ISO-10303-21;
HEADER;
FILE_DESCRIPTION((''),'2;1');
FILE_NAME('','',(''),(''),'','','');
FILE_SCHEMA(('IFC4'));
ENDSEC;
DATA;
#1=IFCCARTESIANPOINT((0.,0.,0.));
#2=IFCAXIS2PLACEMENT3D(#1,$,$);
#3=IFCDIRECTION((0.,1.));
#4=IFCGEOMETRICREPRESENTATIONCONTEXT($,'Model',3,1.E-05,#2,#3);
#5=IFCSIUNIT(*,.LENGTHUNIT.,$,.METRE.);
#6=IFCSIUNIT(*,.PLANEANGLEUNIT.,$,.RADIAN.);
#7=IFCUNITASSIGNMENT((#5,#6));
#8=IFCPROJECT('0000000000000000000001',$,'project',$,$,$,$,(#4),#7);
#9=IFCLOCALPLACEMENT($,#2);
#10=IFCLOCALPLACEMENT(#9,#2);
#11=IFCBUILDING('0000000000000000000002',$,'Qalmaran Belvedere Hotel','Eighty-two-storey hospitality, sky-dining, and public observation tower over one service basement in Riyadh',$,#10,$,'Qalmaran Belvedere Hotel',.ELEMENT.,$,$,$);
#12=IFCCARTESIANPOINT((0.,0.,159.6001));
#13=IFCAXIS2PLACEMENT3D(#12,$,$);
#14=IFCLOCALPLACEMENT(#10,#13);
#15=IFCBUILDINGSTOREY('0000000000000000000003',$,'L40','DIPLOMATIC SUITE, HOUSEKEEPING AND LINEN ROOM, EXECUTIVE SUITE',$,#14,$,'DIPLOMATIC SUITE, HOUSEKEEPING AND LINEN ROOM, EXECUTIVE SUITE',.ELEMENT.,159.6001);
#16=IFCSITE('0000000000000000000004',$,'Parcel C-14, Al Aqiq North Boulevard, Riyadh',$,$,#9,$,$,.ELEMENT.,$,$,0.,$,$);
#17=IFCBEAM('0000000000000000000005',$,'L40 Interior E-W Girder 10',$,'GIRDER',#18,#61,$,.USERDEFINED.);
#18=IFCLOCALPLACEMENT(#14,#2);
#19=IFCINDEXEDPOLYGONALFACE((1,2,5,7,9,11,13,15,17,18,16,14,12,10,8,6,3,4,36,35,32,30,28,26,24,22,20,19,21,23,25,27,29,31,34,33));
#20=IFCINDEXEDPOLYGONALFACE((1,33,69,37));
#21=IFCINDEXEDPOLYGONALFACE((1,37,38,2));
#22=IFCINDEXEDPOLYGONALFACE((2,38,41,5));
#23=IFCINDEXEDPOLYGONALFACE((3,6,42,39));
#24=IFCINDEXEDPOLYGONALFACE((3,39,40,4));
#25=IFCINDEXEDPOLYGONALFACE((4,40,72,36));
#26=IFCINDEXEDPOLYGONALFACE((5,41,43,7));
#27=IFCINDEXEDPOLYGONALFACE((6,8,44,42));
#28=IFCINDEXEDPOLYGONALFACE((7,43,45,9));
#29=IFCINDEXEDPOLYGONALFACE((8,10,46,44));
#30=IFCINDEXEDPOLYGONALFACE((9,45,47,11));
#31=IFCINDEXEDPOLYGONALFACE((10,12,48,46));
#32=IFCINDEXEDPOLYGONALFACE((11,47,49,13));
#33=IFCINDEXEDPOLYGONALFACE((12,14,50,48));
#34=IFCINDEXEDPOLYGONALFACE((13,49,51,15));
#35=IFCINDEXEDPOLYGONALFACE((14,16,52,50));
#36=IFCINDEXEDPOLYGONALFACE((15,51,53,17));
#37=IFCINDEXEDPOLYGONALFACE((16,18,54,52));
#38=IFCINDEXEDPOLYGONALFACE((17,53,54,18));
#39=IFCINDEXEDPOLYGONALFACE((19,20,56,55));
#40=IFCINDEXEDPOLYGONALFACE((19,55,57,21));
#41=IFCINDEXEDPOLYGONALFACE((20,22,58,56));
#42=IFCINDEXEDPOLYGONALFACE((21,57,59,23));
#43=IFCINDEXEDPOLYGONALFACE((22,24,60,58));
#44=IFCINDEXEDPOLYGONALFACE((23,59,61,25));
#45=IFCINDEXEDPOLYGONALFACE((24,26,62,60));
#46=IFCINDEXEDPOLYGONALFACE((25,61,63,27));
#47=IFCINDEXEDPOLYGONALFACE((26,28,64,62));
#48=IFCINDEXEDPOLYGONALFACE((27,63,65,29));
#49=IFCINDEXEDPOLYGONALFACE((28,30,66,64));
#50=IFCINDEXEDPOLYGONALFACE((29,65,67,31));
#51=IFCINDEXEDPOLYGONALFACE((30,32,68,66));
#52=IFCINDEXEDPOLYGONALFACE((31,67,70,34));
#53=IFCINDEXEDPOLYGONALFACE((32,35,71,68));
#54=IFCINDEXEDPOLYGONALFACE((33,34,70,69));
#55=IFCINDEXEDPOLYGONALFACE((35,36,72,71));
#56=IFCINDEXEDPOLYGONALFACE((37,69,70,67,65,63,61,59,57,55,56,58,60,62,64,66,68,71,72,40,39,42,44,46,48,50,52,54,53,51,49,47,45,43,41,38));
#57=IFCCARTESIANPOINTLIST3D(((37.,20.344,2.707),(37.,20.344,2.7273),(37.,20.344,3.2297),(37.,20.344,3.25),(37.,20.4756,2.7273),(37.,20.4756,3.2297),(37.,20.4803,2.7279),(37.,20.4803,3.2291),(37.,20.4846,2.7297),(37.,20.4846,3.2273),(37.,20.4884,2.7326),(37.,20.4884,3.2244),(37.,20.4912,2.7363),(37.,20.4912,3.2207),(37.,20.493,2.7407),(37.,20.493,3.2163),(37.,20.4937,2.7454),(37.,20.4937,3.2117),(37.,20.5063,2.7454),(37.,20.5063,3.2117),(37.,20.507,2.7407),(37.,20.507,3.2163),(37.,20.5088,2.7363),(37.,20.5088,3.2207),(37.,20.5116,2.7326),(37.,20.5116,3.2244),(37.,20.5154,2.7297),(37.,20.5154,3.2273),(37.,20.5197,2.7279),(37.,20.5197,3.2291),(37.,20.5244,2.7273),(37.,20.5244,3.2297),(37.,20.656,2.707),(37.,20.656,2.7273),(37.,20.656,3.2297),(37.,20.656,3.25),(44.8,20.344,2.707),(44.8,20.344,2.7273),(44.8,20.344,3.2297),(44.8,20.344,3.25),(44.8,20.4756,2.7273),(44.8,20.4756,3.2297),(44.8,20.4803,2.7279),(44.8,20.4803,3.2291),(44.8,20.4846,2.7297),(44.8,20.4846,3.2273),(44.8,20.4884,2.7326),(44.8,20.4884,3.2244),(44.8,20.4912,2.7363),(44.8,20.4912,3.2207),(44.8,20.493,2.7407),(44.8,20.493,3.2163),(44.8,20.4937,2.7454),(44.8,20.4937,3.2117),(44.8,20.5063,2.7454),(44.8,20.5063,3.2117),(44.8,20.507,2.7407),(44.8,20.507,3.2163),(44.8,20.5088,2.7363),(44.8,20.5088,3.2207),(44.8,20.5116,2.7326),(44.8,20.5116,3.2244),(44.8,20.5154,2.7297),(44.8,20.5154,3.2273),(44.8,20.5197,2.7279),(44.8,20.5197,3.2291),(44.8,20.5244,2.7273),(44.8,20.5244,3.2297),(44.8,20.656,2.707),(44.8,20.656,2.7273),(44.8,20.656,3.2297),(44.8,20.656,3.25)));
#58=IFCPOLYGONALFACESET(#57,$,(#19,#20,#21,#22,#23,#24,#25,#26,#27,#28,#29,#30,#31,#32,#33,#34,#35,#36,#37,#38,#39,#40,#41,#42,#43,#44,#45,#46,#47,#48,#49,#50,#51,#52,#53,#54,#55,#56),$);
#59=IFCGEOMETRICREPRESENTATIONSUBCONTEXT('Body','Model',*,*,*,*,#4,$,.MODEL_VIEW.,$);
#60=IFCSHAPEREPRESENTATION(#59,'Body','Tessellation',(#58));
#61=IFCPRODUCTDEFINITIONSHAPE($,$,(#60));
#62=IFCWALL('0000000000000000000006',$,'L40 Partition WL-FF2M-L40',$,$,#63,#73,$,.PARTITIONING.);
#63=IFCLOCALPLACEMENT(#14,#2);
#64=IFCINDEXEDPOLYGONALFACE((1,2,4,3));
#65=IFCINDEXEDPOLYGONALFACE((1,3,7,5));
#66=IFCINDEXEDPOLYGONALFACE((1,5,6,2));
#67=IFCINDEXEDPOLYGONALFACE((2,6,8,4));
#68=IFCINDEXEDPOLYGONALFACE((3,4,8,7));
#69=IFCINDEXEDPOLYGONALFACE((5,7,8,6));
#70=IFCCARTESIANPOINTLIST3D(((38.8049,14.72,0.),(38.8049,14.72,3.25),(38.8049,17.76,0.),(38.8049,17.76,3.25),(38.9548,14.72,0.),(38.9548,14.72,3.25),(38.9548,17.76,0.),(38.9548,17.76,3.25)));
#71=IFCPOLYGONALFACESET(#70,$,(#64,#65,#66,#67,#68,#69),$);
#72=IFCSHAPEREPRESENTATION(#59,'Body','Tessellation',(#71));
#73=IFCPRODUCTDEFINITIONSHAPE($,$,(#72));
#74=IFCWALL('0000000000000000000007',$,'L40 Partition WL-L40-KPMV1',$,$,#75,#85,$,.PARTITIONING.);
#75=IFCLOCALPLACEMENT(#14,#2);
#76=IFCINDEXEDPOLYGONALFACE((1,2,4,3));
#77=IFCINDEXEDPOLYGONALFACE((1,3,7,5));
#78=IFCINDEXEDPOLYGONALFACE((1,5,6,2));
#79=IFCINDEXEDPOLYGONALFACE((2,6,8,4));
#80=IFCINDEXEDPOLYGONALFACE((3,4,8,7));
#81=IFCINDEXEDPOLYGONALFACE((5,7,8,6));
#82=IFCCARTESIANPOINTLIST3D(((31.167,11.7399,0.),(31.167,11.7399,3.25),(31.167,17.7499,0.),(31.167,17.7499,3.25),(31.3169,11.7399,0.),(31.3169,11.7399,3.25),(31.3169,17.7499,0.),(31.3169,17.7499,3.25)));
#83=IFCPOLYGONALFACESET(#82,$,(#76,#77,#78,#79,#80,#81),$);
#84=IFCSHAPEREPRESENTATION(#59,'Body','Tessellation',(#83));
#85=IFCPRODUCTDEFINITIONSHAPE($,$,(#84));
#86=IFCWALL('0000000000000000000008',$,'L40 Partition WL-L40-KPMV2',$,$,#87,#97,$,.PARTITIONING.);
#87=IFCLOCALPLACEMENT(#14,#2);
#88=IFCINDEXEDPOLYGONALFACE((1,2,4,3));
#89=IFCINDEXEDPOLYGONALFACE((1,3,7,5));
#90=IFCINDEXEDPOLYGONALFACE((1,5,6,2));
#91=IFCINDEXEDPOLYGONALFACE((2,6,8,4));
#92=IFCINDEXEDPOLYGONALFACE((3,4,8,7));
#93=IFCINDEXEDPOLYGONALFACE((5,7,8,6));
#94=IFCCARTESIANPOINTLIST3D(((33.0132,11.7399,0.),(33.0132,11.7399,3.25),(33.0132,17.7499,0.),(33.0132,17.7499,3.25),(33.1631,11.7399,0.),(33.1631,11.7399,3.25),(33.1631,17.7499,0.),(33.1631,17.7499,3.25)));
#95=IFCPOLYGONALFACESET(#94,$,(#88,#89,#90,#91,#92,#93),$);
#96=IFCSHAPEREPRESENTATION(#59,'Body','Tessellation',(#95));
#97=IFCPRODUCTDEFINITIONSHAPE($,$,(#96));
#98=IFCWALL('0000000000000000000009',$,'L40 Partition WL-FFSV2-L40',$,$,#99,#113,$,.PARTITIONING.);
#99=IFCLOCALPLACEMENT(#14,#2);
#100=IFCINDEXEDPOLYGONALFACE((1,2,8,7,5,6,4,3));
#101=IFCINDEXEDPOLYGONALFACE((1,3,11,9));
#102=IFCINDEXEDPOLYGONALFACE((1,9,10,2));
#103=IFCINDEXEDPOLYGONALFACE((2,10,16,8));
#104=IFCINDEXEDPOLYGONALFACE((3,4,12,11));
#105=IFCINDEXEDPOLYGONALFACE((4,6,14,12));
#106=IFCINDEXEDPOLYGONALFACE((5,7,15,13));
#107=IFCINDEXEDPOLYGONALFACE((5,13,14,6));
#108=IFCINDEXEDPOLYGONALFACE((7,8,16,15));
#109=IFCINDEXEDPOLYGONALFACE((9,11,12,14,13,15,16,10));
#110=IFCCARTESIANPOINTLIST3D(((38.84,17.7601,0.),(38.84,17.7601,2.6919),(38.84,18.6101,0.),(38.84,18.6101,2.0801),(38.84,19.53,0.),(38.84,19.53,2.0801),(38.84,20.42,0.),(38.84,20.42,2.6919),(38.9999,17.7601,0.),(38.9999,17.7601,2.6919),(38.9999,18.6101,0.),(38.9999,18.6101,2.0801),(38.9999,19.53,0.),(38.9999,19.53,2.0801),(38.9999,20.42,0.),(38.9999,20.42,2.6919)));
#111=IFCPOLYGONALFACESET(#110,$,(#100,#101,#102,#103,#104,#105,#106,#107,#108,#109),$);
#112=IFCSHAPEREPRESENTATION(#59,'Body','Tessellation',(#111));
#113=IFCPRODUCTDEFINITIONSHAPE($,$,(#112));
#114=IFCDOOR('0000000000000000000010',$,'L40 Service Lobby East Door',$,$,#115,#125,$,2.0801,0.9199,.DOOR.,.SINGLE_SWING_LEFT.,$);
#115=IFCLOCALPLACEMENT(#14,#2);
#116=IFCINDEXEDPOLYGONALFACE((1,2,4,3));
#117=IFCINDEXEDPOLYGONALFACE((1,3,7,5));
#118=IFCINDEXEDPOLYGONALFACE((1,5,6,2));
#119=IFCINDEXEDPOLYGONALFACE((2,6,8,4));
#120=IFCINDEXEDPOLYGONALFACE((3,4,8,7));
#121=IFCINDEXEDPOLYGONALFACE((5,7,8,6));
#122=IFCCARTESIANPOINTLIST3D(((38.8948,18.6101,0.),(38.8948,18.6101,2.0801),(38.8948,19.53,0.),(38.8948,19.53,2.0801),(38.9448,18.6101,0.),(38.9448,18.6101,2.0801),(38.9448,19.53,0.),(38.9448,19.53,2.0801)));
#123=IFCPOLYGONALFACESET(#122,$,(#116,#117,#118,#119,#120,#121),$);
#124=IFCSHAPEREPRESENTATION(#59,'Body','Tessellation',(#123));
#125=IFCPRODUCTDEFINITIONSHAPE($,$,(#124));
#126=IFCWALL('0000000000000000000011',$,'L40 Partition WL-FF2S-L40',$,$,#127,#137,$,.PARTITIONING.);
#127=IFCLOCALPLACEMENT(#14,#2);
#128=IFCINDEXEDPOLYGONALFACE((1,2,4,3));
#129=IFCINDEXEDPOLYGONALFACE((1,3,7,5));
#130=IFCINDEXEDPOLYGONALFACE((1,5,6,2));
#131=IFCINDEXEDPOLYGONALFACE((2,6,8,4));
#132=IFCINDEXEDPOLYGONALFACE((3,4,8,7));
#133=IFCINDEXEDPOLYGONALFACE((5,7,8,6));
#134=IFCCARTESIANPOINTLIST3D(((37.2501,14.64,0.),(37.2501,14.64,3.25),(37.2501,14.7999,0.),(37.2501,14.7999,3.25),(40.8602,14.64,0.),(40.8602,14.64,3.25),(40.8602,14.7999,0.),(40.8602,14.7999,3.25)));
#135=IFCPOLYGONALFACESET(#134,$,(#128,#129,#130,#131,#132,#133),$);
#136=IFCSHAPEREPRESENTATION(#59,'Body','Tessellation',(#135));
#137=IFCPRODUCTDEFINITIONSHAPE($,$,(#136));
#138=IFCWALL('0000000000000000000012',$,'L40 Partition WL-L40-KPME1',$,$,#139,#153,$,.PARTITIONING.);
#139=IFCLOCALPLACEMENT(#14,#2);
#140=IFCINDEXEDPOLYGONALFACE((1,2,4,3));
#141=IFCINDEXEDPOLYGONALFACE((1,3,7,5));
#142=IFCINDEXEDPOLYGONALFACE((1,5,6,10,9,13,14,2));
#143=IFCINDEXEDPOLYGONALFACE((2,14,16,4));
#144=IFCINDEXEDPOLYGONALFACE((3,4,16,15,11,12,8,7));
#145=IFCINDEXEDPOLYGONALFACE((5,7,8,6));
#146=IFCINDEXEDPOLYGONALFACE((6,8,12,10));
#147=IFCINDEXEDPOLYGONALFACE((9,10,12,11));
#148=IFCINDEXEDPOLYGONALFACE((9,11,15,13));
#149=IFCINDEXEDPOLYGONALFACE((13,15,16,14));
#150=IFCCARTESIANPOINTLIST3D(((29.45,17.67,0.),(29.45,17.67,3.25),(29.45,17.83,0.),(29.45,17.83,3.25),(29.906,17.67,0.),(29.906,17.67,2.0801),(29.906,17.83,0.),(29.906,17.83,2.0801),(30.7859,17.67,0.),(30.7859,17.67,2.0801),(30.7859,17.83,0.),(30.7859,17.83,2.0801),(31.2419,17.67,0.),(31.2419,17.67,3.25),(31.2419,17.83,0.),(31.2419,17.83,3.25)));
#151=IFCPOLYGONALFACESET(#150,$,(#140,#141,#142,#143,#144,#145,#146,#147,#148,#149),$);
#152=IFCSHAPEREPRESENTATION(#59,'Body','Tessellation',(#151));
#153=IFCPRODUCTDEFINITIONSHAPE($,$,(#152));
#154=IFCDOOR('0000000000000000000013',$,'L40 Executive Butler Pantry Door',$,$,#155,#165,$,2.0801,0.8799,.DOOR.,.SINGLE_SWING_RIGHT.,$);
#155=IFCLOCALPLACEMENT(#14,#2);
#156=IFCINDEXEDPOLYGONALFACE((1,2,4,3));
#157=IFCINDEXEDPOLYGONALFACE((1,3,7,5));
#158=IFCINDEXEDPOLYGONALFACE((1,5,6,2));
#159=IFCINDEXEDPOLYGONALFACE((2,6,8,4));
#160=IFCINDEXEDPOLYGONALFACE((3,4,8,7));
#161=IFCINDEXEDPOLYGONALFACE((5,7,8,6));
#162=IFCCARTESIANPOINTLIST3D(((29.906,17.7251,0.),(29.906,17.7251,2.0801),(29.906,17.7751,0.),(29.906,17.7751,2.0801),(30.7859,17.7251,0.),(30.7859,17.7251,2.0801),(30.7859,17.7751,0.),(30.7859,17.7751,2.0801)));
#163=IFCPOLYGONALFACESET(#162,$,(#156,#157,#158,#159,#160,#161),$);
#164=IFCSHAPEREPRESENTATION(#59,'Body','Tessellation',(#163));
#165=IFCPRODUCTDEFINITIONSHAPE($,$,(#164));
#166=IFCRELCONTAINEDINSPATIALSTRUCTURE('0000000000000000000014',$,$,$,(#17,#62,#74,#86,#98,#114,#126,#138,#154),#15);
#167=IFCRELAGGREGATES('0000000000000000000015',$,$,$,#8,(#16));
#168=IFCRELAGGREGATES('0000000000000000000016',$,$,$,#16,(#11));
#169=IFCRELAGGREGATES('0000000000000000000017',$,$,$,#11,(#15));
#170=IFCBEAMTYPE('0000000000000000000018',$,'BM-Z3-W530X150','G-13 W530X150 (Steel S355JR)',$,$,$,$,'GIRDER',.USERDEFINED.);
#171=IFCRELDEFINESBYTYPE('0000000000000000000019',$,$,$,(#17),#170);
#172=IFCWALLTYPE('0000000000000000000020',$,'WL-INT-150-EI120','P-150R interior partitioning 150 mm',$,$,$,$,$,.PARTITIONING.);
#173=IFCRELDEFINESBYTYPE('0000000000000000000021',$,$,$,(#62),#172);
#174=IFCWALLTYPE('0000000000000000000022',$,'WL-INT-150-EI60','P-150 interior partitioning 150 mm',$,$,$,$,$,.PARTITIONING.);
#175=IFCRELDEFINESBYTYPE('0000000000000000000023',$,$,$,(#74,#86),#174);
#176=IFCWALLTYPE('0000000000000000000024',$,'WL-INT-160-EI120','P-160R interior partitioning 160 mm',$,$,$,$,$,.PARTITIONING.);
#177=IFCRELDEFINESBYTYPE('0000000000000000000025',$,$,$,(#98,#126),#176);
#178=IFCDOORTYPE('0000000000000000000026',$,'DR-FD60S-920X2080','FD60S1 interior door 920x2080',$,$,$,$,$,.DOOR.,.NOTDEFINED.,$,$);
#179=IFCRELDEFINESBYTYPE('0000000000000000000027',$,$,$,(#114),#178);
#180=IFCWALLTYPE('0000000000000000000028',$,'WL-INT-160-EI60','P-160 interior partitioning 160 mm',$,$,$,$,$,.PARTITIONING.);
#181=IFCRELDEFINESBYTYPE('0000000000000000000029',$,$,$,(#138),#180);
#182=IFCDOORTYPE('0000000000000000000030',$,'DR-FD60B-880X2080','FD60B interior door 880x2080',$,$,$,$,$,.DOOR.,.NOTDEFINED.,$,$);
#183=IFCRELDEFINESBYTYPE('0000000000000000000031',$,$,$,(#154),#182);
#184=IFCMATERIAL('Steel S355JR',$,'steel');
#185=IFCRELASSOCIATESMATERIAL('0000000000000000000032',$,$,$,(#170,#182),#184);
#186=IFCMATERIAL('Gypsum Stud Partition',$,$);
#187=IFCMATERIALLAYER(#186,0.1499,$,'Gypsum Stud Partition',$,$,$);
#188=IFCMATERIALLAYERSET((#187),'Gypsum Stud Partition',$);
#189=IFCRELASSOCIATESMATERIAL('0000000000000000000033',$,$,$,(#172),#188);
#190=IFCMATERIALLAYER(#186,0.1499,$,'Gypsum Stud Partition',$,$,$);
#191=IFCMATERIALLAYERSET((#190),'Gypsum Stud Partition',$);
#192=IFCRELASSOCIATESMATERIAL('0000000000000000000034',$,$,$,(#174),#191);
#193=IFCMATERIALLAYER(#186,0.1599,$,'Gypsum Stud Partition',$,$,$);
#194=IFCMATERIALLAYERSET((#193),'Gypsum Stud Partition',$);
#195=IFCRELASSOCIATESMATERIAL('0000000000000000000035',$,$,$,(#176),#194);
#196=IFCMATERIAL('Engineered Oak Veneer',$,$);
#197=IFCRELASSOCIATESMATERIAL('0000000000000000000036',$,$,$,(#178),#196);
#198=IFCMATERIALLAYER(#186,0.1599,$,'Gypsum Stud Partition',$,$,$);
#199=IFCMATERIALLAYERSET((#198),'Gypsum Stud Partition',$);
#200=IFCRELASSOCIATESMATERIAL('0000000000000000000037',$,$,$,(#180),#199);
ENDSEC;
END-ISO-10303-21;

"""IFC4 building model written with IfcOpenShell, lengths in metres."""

from ifc_helpers import new_model, si_unit, direction, frame, frame_2d, origin, origin_2d, place, context, subcontext, project, spatial, rectangle, i_section, extrude, material, layer, layer_set, material_profile, profile_set, type_object, element, fill, save


model = new_model("IFC4")

# Units and contexts
model_context = context("Model", 3, precision=1e-05, world=origin(), true_north=direction((0.0, 1.0)))
body_context = subcontext(model_context, "Body", "Model", "MODEL_VIEW")
ifc_project = project(units=[si_unit("LENGTHUNIT", "METRE"), si_unit("PLANEANGLEUNIT", "RADIAN")], contexts=[model_context])

# Site, building, storey
site_placement = place(None, origin())
site = spatial("IfcSite", under=ifc_project, at=site_placement, Name="Parcel C-14, Al Aqiq North Boulevard, Riyadh", CompositionType="ELEMENT", RefElevation=0.0)
building_placement = place(site_placement, origin())
building = spatial("IfcBuilding", under=site, at=building_placement, Name="Qalmaran Belvedere Hotel", Description="Eighty-two-storey hospitality, sky-dining, and public observation tower over one service basement in Riyadh", LongName="Qalmaran Belvedere Hotel", CompositionType="ELEMENT")
storey_placement = place(building_placement, frame((0.0, 0.0, 159.6001)))
storey = spatial("IfcBuildingStorey", under=building, at=storey_placement, Name="L40", Description="DIPLOMATIC SUITE, HOUSEKEEPING AND LINEN ROOM, EXECUTIVE SUITE", LongName="DIPLOMATIC SUITE, HOUSEKEEPING AND LINEN ROOM, EXECUTIVE SUITE", CompositionType="ELEMENT", Elevation=159.6001)

# Beam
ifc_material_1 = material(Name="Steel S355JR", Category="steel")
ifc_material_profile_1 = material_profile(ifc_material_1, i_section(OverallWidth=0.312, OverallDepth=0.543, WebThickness=0.0127, FlangeThickness=0.0203, FilletRadius=0.0181, at=origin_2d()), Name="W530X150")
ifc_profile_set_1 = profile_set([ifc_material_profile_1], Name="Steel S355JR")
beam_type_1 = type_object("IfcBeamType", Name="BM-Z3-W530X150", Description="G-13 W530X150 (Steel S355JR)", ElementType="GIRDER", PredefinedType="USERDEFINED", material=ifc_profile_set_1)
for number, where, z_axis, x_axis, name in (
    (1, (37.0, 20.5, 2.9785), (1.0, 0.0, 0.0), (0.0, 1.0, 0.0), "L40 Interior E-W Girder 10"),
):
    element("IfcBeam", number, at=place(storey_placement, frame(where, z_axis=z_axis, x_axis=x_axis)), inside=storey, type_object=beam_type_1, Name=name, ObjectType="GIRDER", PredefinedType="USERDEFINED", context=body_context, shape_type="SweptSolid", body=[
        extrude(i_section(OverallWidth=0.312, OverallDepth=0.543, WebThickness=0.0127, FlangeThickness=0.0203, FilletRadius=0.0181, at=origin_2d()), origin(), (0.0, 0.0, 1.0), 7.8),
    ])

# Walls
ifc_material_2 = material(Name="Gypsum Stud Partition")
ifc_layer_1 = layer(ifc_material_2, 0.1499, Name="Gypsum Stud Partition")
ifc_layer_set_1 = layer_set([ifc_layer_1], Name="Gypsum Stud Partition")
wall_type_1 = type_object("IfcWallType", Name="WL-INT-150-EI120", Description="P-150R interior partitioning 150 mm", PredefinedType="PARTITIONING", material=ifc_layer_set_1)
wall_1_placement = place(storey_placement, frame((38.8799, 14.72, 0.0), z_axis=(0.0, 0.0, 1.0), x_axis=(0.0, 1.0, 0.0)))
element("IfcWall", 2, at=wall_1_placement, inside=storey, type_object=wall_type_1, Name="L40 Partition WL-FF2M-L40", PredefinedType="PARTITIONING", context=body_context, shape_type="SweptSolid", body=[
    extrude(rectangle(XDim=3.04, YDim=0.1499, at=frame_2d((1.52, 0.0))), origin(), (0.0, 0.0, 1.0), 3.25),
])
ifc_layer_2 = layer(ifc_material_2, 0.1499, Name="Gypsum Stud Partition")
ifc_layer_set_2 = layer_set([ifc_layer_2], Name="Gypsum Stud Partition")
wall_type_2 = type_object("IfcWallType", Name="WL-INT-150-EI60", Description="P-150 interior partitioning 150 mm", PredefinedType="PARTITIONING", material=ifc_layer_set_2)
for number, where, z_axis, x_axis, name in (
    (3, (31.2419, 11.74, 0.0), (0.0, 0.0, 1.0), (0.0, 1.0, 0.0), "L40 Partition WL-L40-KPMV1"),
    (4, (33.0881, 11.74, 0.0), (0.0, 0.0, 1.0), (0.0, 1.0, 0.0), "L40 Partition WL-L40-KPMV2"),
):
    element("IfcWall", number, at=place(storey_placement, frame(where, z_axis=z_axis, x_axis=x_axis)), inside=storey, type_object=wall_type_2, Name=name, PredefinedType="PARTITIONING", context=body_context, shape_type="SweptSolid", body=[
        extrude(rectangle(XDim=6.01, YDim=0.1499, at=frame_2d((3.0049, 0.0))), origin(), (0.0, 0.0, 1.0), 3.25),
    ])

# Wall, opening, door
ifc_layer_3 = layer(ifc_material_2, 0.1599, Name="Gypsum Stud Partition")
ifc_layer_set_3 = layer_set([ifc_layer_3], Name="Gypsum Stud Partition")
wall_type_3 = type_object("IfcWallType", Name="WL-INT-160-EI120", Description="P-160R interior partitioning 160 mm", PredefinedType="PARTITIONING", material=ifc_layer_set_3)
wall_2_placement = place(storey_placement, frame((38.9199, 17.76, 0.0), z_axis=(0.0, 0.0, 1.0), x_axis=(0.0, 1.0, 0.0)))
wall_2 = element("IfcWall", 5, at=wall_2_placement, inside=storey, type_object=wall_type_3, Name="L40 Partition WL-FFSV2-L40", PredefinedType="PARTITIONING", context=body_context, shape_type="SweptSolid", body=[
    extrude(rectangle(XDim=2.6599, YDim=0.1599, at=frame_2d((1.3301, 0.0))), origin(), (0.0, 0.0, 1.0), 2.6919),
])
opening_1_placement = place(wall_2_placement, frame((1.77, 0.0, 0.0), z_axis=(0.0, 0.0, 1.0), x_axis=(-1.0, 0.0, 0.0)))
opening_1 = element("IfcOpeningElement", 6, at=opening_1_placement, cuts=wall_2, PredefinedType="OPENING", context=body_context, shape_type="SweptSolid", body=[
    extrude(rectangle(XDim=0.9199, YDim=2.0801, at=frame_2d((0.46, 1.04))), frame((0.0, 0.0898, 0.0), z_axis=(0.0, -1.0, 0.0), x_axis=(1.0, 0.0, 0.0)), (0.0, 0.0, 1.0), 0.1799),
])
ifc_material_3 = material(Name="Engineered Oak Veneer")
door_type_1 = type_object("IfcDoorType", Name="DR-FD60S-920X2080", Description="FD60S1 interior door 920x2080", OperationType="NOTDEFINED", PredefinedType="DOOR", material=ifc_material_3)
door_1_placement = place(opening_1_placement, origin())
door_1 = element("IfcDoor", 7, at=door_1_placement, inside=storey, type_object=door_type_1, Name="L40 Service Lobby East Door", OperationType="SINGLE_SWING_LEFT", OverallHeight=2.0801, OverallWidth=0.9199, PredefinedType="DOOR", context=body_context, shape_type="SweptSolid", body=[
    extrude(rectangle(XDim=0.9199, YDim=2.0801, at=frame_2d((0.46, 1.04))), frame((0.0, 0.0249, 0.0), z_axis=(0.0, -1.0, 0.0), x_axis=(1.0, 0.0, 0.0)), (0.0, 0.0, 1.0), 0.05),
])
fill(opening_1, door_1)

# Wall
wall_3_placement = place(storey_placement, frame((37.25, 14.72, 0.0), z_axis=(0.0, 0.0, 1.0), x_axis=(1.0, 0.0, 0.0)))
element("IfcWall", 8, at=wall_3_placement, inside=storey, type_object=wall_type_3, Name="L40 Partition WL-FF2S-L40", PredefinedType="PARTITIONING", context=body_context, shape_type="SweptSolid", body=[
    extrude(rectangle(XDim=3.6101, YDim=0.1599, at=frame_2d((1.8052, 0.0))), origin(), (0.0, 0.0, 1.0), 3.25),
])

# Wall, opening, door
ifc_layer_4 = layer(ifc_material_2, 0.1599, Name="Gypsum Stud Partition")
ifc_layer_set_4 = layer_set([ifc_layer_4], Name="Gypsum Stud Partition")
wall_type_4 = type_object("IfcWallType", Name="WL-INT-160-EI60", Description="P-160 interior partitioning 160 mm", PredefinedType="PARTITIONING", material=ifc_layer_set_4)
wall_4_placement = place(storey_placement, frame((29.45, 17.75, 0.0), z_axis=(0.0, 0.0, 1.0), x_axis=(1.0, 0.0, 0.0)))
wall_4 = element("IfcWall", 9, at=wall_4_placement, inside=storey, type_object=wall_type_4, Name="L40 Partition WL-L40-KPME1", PredefinedType="PARTITIONING", context=body_context, shape_type="SweptSolid", body=[
    extrude(rectangle(XDim=1.792, YDim=0.1599, at=frame_2d((0.896, 0.0))), origin(), (0.0, 0.0, 1.0), 3.25),
])
opening_2_placement = place(wall_4_placement, frame((1.3359, 0.0, 0.0), z_axis=(0.0, 0.0, 1.0), x_axis=(-1.0, 0.0, 0.0)))
opening_2 = element("IfcOpeningElement", 10, at=opening_2_placement, cuts=wall_4, PredefinedType="OPENING", context=body_context, shape_type="SweptSolid", body=[
    extrude(rectangle(XDim=0.8799, YDim=2.0801, at=frame_2d((0.4399, 1.04))), frame((0.0, 0.0898, 0.0), z_axis=(0.0, -1.0, 0.0), x_axis=(1.0, 0.0, 0.0)), (0.0, 0.0, 1.0), 0.1799),
])
door_type_2 = type_object("IfcDoorType", Name="DR-FD60B-880X2080", Description="FD60B interior door 880x2080", OperationType="NOTDEFINED", PredefinedType="DOOR", material=ifc_material_1)
door_2_placement = place(opening_2_placement, origin())
door_2 = element("IfcDoor", 11, at=door_2_placement, inside=storey, type_object=door_type_2, Name="L40 Executive Butler Pantry Door", OperationType="SINGLE_SWING_RIGHT", OverallHeight=2.0801, OverallWidth=0.8799, PredefinedType="DOOR", context=body_context, shape_type="SweptSolid", body=[
    extrude(rectangle(XDim=0.8799, YDim=2.0801, at=frame_2d((0.4399, 1.04))), frame((0.0, 0.0249, 0.0), z_axis=(0.0, -1.0, 0.0), x_axis=(1.0, 0.0, 0.0)), (0.0, 0.0, 1.0), 0.05),
])
fill(opening_2, door_2)

save(model, "model.ifc")
